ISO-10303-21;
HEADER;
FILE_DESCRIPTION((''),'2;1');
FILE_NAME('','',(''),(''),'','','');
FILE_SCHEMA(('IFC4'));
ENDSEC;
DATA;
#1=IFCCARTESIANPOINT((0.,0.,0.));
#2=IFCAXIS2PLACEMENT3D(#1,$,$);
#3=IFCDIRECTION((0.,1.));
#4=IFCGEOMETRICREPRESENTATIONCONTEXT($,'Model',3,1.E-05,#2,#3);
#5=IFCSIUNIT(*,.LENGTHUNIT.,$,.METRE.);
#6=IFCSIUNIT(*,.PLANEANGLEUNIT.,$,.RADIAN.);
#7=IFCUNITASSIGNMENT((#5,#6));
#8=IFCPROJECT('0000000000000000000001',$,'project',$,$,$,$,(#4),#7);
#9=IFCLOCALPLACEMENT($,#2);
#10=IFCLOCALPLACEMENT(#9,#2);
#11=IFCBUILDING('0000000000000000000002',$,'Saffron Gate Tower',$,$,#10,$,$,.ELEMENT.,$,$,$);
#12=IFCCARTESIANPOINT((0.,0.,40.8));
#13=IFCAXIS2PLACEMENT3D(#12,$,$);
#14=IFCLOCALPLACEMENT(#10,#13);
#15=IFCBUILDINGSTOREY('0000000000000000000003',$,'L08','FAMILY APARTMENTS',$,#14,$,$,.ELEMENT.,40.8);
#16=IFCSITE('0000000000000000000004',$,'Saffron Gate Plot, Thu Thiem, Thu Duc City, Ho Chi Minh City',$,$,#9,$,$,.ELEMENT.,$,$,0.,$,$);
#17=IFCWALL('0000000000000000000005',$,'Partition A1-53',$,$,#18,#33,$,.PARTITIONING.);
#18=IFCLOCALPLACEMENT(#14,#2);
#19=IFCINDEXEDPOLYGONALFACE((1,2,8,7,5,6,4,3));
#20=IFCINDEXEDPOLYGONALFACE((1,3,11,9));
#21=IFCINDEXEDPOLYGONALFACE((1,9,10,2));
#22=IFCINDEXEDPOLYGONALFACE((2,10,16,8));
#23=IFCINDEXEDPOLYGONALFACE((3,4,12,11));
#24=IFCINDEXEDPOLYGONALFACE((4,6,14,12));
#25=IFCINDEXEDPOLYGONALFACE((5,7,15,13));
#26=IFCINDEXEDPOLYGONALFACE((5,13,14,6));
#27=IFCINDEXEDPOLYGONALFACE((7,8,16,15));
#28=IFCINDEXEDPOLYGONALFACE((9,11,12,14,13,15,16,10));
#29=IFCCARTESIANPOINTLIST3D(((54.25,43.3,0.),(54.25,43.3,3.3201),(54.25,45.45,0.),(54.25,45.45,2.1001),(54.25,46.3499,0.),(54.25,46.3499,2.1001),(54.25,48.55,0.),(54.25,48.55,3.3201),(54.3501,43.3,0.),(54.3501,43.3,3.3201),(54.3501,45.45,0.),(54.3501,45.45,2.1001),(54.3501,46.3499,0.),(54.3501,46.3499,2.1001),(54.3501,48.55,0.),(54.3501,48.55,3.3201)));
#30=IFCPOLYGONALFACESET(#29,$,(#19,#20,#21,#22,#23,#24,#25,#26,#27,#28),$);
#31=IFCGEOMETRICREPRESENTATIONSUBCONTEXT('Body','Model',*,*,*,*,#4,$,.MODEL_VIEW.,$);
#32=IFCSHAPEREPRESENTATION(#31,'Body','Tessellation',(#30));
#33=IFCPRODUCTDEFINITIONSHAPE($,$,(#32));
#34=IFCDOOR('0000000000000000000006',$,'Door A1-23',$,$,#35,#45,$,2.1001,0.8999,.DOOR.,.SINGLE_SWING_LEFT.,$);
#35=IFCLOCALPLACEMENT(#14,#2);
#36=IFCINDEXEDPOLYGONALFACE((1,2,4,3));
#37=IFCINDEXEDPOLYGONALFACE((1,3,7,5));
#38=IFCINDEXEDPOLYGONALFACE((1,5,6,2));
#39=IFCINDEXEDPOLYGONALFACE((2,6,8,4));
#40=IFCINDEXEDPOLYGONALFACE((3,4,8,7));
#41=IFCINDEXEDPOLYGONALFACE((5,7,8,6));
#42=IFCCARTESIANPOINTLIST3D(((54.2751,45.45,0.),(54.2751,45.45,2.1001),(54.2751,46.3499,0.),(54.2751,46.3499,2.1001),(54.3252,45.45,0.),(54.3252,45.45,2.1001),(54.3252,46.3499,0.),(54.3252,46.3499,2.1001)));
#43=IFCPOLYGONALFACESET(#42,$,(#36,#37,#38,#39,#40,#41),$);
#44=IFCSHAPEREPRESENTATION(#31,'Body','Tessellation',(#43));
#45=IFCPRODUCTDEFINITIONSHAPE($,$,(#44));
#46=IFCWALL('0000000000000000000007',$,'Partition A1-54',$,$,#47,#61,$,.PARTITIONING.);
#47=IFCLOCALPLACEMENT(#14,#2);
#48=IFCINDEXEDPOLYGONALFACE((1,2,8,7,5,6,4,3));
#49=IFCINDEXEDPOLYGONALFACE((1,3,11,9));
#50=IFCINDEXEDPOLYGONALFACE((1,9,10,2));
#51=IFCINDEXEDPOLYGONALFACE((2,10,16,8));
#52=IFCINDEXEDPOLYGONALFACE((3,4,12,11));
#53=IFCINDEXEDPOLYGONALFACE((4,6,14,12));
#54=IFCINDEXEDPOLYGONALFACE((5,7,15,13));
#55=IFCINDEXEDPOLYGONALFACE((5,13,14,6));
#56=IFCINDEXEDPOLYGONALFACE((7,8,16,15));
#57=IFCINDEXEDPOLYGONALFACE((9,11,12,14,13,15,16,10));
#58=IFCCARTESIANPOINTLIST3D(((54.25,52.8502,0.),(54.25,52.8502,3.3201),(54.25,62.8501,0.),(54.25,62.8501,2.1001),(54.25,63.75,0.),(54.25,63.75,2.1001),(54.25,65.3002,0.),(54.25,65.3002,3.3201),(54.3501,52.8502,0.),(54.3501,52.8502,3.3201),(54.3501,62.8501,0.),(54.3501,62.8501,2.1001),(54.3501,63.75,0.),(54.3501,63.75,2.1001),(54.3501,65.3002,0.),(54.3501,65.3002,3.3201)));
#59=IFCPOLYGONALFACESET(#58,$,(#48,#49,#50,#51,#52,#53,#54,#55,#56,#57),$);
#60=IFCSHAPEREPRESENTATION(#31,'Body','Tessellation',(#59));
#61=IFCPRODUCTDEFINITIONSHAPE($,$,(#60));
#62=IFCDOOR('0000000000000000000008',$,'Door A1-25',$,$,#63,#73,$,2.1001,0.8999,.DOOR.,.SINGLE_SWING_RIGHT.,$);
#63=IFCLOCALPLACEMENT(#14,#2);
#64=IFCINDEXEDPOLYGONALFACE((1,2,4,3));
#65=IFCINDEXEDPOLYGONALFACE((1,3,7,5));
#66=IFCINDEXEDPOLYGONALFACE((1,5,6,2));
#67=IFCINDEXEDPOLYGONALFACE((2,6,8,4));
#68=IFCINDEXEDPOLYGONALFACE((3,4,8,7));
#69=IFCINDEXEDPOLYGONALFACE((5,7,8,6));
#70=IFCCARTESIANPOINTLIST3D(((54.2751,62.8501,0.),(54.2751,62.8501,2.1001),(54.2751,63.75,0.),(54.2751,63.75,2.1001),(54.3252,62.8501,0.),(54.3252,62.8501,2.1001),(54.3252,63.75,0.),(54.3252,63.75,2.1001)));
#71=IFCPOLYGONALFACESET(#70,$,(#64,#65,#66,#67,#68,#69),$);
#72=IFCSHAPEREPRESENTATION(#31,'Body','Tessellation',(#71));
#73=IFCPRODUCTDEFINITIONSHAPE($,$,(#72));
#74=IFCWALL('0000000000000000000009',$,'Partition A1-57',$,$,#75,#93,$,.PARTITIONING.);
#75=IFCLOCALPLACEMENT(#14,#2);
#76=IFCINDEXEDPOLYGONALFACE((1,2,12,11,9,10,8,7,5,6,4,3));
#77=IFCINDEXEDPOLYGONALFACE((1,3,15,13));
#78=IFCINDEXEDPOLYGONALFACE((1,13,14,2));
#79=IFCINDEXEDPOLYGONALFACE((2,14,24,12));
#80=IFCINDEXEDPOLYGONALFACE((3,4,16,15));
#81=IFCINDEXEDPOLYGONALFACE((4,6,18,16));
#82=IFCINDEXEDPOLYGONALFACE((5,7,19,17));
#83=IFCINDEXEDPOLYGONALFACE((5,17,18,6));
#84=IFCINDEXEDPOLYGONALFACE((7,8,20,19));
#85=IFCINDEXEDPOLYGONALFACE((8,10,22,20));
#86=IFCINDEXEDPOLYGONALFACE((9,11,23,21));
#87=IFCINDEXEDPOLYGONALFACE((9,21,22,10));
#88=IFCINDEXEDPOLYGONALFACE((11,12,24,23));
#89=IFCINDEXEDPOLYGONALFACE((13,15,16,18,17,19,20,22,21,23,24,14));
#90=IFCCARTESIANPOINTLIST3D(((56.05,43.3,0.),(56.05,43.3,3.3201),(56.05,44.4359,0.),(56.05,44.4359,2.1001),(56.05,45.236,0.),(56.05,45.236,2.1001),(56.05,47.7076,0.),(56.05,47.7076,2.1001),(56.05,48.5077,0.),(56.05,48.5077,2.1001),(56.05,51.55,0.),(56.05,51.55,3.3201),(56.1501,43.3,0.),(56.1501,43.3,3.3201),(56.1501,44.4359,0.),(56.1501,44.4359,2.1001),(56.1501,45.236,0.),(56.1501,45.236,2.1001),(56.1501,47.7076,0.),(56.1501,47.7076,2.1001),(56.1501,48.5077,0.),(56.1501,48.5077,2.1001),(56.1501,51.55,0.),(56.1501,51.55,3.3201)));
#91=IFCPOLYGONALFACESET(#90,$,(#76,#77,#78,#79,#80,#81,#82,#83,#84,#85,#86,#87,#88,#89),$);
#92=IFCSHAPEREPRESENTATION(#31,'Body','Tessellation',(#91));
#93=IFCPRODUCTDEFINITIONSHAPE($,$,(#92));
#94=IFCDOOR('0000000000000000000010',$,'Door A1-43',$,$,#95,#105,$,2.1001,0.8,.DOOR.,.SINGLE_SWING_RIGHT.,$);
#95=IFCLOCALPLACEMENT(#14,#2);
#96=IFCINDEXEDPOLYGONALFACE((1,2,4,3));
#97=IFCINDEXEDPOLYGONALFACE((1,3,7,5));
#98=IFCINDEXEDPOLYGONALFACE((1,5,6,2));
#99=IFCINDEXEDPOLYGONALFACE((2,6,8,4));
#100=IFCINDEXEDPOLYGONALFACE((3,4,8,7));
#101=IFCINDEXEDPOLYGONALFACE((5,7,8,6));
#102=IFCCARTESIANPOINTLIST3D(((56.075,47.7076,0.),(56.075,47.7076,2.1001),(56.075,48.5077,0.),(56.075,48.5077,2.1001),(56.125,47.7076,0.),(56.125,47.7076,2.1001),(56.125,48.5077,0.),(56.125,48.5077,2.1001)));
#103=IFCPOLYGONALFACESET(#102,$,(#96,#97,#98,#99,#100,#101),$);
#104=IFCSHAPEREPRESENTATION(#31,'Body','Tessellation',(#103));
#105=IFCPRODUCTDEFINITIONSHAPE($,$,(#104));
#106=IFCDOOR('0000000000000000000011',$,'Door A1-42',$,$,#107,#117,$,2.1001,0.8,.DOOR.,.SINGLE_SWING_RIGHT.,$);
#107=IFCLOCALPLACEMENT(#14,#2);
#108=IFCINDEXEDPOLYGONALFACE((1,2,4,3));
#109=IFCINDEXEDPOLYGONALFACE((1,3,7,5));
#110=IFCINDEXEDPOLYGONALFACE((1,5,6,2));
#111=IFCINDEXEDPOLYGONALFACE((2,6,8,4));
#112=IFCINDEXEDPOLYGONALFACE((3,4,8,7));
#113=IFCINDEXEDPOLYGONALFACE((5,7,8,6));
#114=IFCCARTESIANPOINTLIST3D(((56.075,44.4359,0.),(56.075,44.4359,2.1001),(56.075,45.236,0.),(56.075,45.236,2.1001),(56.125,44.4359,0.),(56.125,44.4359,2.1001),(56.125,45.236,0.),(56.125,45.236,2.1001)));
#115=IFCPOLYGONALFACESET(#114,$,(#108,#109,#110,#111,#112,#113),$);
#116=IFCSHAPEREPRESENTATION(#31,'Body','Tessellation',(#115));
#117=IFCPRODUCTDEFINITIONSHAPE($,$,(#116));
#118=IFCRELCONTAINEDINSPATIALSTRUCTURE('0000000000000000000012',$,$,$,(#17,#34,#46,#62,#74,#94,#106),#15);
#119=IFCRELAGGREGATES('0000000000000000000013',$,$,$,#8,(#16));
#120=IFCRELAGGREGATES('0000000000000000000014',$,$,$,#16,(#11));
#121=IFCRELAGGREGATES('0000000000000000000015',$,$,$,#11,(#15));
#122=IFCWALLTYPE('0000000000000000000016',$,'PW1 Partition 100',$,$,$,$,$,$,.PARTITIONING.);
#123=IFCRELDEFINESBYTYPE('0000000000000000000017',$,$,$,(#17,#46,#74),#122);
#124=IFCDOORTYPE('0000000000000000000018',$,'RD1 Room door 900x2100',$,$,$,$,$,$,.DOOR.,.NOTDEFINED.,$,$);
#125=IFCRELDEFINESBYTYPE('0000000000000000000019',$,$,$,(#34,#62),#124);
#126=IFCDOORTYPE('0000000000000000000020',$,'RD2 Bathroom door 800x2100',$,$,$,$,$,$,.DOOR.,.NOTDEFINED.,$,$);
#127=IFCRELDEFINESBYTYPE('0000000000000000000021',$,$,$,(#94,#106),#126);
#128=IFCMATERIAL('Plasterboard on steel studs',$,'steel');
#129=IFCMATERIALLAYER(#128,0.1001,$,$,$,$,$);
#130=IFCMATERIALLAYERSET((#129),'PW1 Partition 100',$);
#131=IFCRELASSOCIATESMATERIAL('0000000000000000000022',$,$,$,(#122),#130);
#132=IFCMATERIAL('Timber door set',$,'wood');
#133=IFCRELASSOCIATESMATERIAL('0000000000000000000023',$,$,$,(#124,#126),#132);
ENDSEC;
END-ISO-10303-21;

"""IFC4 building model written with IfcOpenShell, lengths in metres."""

from ifc_helpers import new_model, si_unit, direction, frame, frame_2d, origin, place, context, subcontext, project, spatial, rectangle, extrude, material, layer, layer_set, type_object, element, fill, save


model = new_model("IFC4")

# Units and contexts
model_context = context("Model", 3, precision=1e-05, world=origin(), true_north=direction((0.0, 1.0)))
body_context = subcontext(model_context, "Body", "Model", "MODEL_VIEW")
ifc_project = project(units=[si_unit("LENGTHUNIT", "METRE"), si_unit("PLANEANGLEUNIT", "RADIAN")], contexts=[model_context])

# Site, building, storey
site_placement = place(None, origin())
site = spatial("IfcSite", under=ifc_project, at=site_placement, Name="Saffron Gate Plot, Thu Thiem, Thu Duc City, Ho Chi Minh City", CompositionType="ELEMENT", RefElevation=0.0)
building_placement = place(site_placement, origin())
building = spatial("IfcBuilding", under=site, at=building_placement, Name="Saffron Gate Tower", CompositionType="ELEMENT")
storey_placement = place(building_placement, frame((0.0, 0.0, 40.8)))
storey = spatial("IfcBuildingStorey", under=building, at=storey_placement, Name="L08", Description="FAMILY APARTMENTS", CompositionType="ELEMENT", Elevation=40.8)

# Shared definitions
ifc_material_1 = material(Name="Plasterboard on steel studs", Category="steel")
ifc_layer = layer(ifc_material_1, 0.1001)
ifc_layer_set = layer_set([ifc_layer], Name="PW1 Partition 100")
wall_type = type_object("IfcWallType", Name="PW1 Partition 100", PredefinedType="PARTITIONING", material=ifc_layer_set)

# Walls, openings, doors
ifc_material_2 = material(Name="Timber door set", Category="wood")
door_type_1 = type_object("IfcDoorType", Name="RD1 Room door 900x2100", OperationType="NOTDEFINED", PredefinedType="DOOR", material=ifc_material_2)
wall_1_placement = place(storey_placement, frame((54.3, 43.3, 0.0), z_axis=(0.0, 0.0, 1.0), x_axis=(0.0, 1.0, 0.0)))
wall_1 = element("IfcWall", 1, at=wall_1_placement, inside=storey, type_object=wall_type, Name="Partition A1-53", PredefinedType="PARTITIONING", context=body_context, shape_type="SweptSolid", body=[
    extrude(rectangle(XDim=5.25, YDim=0.1001, at=frame_2d((2.625, 0.0))), origin(), (0.0, 0.0, 1.0), 3.3201),
])
opening_1_placement = place(wall_1_placement, frame((2.1499, 0.0, 0.0)))
opening_1 = element("IfcOpeningElement", 2, at=opening_1_placement, cuts=wall_1, PredefinedType="OPENING", context=body_context, shape_type="SweptSolid", body=[
    extrude(rectangle(XDim=0.8999, YDim=2.1001, at=frame_2d((0.45, 1.05))), frame((0.0, 0.0601, 0.0), z_axis=(0.0, -1.0, 0.0), x_axis=(1.0, 0.0, 0.0)), (0.0, 0.0, 1.0), 0.1201),
])
door_1_placement = place(opening_1_placement, origin())
door_1 = element("IfcDoor", 3, at=door_1_placement, inside=storey, type_object=door_type_1, Name="Door A1-23", OperationType="SINGLE_SWING_LEFT", OverallHeight=2.1001, OverallWidth=0.8999, PredefinedType="DOOR", context=body_context, shape_type="SweptSolid", body=[
    extrude(rectangle(XDim=0.8999, YDim=2.1001, at=frame_2d((0.45, 1.05))), frame((0.0, 0.0249, 0.0), z_axis=(0.0, -1.0, 0.0), x_axis=(1.0, 0.0, 0.0)), (0.0, 0.0, 1.0), 0.05),
])
fill(opening_1, door_1)
wall_2_placement = place(storey_placement, frame((54.3, 52.8501, 0.0), z_axis=(0.0, 0.0, 1.0), x_axis=(0.0, 1.0, 0.0)))
wall_2 = element("IfcWall", 4, at=wall_2_placement, inside=storey, type_object=wall_type, Name="Partition A1-54", PredefinedType="PARTITIONING", context=body_context, shape_type="SweptSolid", body=[
    extrude(rectangle(XDim=12.45, YDim=0.1001, at=frame_2d((6.2251, 0.0))), origin(), (0.0, 0.0, 1.0), 3.3201),
])
opening_2_placement = place(wall_2_placement, frame((10.0, 0.0, 0.0)))
opening_2 = element("IfcOpeningElement", 5, at=opening_2_placement, cuts=wall_2, PredefinedType="OPENING", context=body_context, shape_type="SweptSolid", body=[
    extrude(rectangle(XDim=0.8999, YDim=2.1001, at=frame_2d((0.45, 1.05))), frame((0.0, 0.0601, 0.0), z_axis=(0.0, -1.0, 0.0), x_axis=(1.0, 0.0, 0.0)), (0.0, 0.0, 1.0), 0.1201),
])
door_2_placement = place(opening_2_placement, origin())
door_2 = element("IfcDoor", 6, at=door_2_placement, inside=storey, type_object=door_type_1, Name="Door A1-25", OperationType="SINGLE_SWING_RIGHT", OverallHeight=2.1001, OverallWidth=0.8999, PredefinedType="DOOR", context=body_context, shape_type="SweptSolid", body=[
    extrude(rectangle(XDim=0.8999, YDim=2.1001, at=frame_2d((0.45, 1.05))), frame((0.0, 0.0249, 0.0), z_axis=(0.0, -1.0, 0.0), x_axis=(1.0, 0.0, 0.0)), (0.0, 0.0, 1.0), 0.05),
])
fill(opening_2, door_2)

# Wall, openings, doors
wall_3_placement = place(storey_placement, frame((56.1001, 51.55, 0.0), z_axis=(0.0, 0.0, 1.0), x_axis=(0.0, -1.0, 0.0)))
wall_3 = element("IfcWall", 7, at=wall_3_placement, inside=storey, type_object=wall_type, Name="Partition A1-57", PredefinedType="PARTITIONING", context=body_context, shape_type="SweptSolid", body=[
    extrude(rectangle(XDim=8.25, YDim=0.1001, at=frame_2d((4.125, 0.0))), origin(), (0.0, 0.0, 1.0), 3.3201),
])
opening_3_placement = place(wall_3_placement, frame((3.0425, 0.0, 0.0)))
opening_3 = element("IfcOpeningElement", 8, at=opening_3_placement, cuts=wall_3, PredefinedType="OPENING", context=body_context, shape_type="SweptSolid", body=[
    extrude(rectangle(XDim=0.8, YDim=2.1001, at=frame_2d((0.3999, 1.05))), frame((0.0, 0.0601, 0.0), z_axis=(0.0, -1.0, 0.0), x_axis=(1.0, 0.0, 0.0)), (0.0, 0.0, 1.0), 0.1201),
])
opening_4_placement = place(wall_3_placement, frame((6.3142, 0.0, 0.0)))
opening_4 = element("IfcOpeningElement", 9, at=opening_4_placement, cuts=wall_3, PredefinedType="OPENING", context=body_context, shape_type="SweptSolid", body=[
    extrude(rectangle(XDim=0.8, YDim=2.1001, at=frame_2d((0.3999, 1.05))), frame((0.0, 0.0601, 0.0), z_axis=(0.0, -1.0, 0.0), x_axis=(1.0, 0.0, 0.0)), (0.0, 0.0, 1.0), 0.1201),
])
door_type_2 = type_object("IfcDoorType", Name="RD2 Bathroom door 800x2100", OperationType="NOTDEFINED", PredefinedType="DOOR", material=ifc_material_2)
door_3_placement = place(opening_3_placement, origin())
door_3 = element("IfcDoor", 10, at=door_3_placement, inside=storey, type_object=door_type_2, Name="Door A1-43", OperationType="SINGLE_SWING_RIGHT", OverallHeight=2.1001, OverallWidth=0.8, PredefinedType="DOOR", context=body_context, shape_type="SweptSolid", body=[
    extrude(rectangle(XDim=0.8, YDim=2.1001, at=frame_2d((0.3999, 1.05))), frame((0.0, 0.0249, 0.0), z_axis=(0.0, -1.0, 0.0), x_axis=(1.0, 0.0, 0.0)), (0.0, 0.0, 1.0), 0.05),
])
fill(opening_3, door_3)
door_4_placement = place(opening_4_placement, origin())
door_4 = element("IfcDoor", 11, at=door_4_placement, inside=storey, type_object=door_type_2, Name="Door A1-42", OperationType="SINGLE_SWING_RIGHT", OverallHeight=2.1001, OverallWidth=0.8, PredefinedType="DOOR", context=body_context, shape_type="SweptSolid", body=[
    extrude(rectangle(XDim=0.8, YDim=2.1001, at=frame_2d((0.3999, 1.05))), frame((0.0, 0.0249, 0.0), z_axis=(0.0, -1.0, 0.0), x_axis=(1.0, 0.0, 0.0)), (0.0, 0.0, 1.0), 0.05),
])
fill(opening_4, door_4)

save(model, "model.ifc")
